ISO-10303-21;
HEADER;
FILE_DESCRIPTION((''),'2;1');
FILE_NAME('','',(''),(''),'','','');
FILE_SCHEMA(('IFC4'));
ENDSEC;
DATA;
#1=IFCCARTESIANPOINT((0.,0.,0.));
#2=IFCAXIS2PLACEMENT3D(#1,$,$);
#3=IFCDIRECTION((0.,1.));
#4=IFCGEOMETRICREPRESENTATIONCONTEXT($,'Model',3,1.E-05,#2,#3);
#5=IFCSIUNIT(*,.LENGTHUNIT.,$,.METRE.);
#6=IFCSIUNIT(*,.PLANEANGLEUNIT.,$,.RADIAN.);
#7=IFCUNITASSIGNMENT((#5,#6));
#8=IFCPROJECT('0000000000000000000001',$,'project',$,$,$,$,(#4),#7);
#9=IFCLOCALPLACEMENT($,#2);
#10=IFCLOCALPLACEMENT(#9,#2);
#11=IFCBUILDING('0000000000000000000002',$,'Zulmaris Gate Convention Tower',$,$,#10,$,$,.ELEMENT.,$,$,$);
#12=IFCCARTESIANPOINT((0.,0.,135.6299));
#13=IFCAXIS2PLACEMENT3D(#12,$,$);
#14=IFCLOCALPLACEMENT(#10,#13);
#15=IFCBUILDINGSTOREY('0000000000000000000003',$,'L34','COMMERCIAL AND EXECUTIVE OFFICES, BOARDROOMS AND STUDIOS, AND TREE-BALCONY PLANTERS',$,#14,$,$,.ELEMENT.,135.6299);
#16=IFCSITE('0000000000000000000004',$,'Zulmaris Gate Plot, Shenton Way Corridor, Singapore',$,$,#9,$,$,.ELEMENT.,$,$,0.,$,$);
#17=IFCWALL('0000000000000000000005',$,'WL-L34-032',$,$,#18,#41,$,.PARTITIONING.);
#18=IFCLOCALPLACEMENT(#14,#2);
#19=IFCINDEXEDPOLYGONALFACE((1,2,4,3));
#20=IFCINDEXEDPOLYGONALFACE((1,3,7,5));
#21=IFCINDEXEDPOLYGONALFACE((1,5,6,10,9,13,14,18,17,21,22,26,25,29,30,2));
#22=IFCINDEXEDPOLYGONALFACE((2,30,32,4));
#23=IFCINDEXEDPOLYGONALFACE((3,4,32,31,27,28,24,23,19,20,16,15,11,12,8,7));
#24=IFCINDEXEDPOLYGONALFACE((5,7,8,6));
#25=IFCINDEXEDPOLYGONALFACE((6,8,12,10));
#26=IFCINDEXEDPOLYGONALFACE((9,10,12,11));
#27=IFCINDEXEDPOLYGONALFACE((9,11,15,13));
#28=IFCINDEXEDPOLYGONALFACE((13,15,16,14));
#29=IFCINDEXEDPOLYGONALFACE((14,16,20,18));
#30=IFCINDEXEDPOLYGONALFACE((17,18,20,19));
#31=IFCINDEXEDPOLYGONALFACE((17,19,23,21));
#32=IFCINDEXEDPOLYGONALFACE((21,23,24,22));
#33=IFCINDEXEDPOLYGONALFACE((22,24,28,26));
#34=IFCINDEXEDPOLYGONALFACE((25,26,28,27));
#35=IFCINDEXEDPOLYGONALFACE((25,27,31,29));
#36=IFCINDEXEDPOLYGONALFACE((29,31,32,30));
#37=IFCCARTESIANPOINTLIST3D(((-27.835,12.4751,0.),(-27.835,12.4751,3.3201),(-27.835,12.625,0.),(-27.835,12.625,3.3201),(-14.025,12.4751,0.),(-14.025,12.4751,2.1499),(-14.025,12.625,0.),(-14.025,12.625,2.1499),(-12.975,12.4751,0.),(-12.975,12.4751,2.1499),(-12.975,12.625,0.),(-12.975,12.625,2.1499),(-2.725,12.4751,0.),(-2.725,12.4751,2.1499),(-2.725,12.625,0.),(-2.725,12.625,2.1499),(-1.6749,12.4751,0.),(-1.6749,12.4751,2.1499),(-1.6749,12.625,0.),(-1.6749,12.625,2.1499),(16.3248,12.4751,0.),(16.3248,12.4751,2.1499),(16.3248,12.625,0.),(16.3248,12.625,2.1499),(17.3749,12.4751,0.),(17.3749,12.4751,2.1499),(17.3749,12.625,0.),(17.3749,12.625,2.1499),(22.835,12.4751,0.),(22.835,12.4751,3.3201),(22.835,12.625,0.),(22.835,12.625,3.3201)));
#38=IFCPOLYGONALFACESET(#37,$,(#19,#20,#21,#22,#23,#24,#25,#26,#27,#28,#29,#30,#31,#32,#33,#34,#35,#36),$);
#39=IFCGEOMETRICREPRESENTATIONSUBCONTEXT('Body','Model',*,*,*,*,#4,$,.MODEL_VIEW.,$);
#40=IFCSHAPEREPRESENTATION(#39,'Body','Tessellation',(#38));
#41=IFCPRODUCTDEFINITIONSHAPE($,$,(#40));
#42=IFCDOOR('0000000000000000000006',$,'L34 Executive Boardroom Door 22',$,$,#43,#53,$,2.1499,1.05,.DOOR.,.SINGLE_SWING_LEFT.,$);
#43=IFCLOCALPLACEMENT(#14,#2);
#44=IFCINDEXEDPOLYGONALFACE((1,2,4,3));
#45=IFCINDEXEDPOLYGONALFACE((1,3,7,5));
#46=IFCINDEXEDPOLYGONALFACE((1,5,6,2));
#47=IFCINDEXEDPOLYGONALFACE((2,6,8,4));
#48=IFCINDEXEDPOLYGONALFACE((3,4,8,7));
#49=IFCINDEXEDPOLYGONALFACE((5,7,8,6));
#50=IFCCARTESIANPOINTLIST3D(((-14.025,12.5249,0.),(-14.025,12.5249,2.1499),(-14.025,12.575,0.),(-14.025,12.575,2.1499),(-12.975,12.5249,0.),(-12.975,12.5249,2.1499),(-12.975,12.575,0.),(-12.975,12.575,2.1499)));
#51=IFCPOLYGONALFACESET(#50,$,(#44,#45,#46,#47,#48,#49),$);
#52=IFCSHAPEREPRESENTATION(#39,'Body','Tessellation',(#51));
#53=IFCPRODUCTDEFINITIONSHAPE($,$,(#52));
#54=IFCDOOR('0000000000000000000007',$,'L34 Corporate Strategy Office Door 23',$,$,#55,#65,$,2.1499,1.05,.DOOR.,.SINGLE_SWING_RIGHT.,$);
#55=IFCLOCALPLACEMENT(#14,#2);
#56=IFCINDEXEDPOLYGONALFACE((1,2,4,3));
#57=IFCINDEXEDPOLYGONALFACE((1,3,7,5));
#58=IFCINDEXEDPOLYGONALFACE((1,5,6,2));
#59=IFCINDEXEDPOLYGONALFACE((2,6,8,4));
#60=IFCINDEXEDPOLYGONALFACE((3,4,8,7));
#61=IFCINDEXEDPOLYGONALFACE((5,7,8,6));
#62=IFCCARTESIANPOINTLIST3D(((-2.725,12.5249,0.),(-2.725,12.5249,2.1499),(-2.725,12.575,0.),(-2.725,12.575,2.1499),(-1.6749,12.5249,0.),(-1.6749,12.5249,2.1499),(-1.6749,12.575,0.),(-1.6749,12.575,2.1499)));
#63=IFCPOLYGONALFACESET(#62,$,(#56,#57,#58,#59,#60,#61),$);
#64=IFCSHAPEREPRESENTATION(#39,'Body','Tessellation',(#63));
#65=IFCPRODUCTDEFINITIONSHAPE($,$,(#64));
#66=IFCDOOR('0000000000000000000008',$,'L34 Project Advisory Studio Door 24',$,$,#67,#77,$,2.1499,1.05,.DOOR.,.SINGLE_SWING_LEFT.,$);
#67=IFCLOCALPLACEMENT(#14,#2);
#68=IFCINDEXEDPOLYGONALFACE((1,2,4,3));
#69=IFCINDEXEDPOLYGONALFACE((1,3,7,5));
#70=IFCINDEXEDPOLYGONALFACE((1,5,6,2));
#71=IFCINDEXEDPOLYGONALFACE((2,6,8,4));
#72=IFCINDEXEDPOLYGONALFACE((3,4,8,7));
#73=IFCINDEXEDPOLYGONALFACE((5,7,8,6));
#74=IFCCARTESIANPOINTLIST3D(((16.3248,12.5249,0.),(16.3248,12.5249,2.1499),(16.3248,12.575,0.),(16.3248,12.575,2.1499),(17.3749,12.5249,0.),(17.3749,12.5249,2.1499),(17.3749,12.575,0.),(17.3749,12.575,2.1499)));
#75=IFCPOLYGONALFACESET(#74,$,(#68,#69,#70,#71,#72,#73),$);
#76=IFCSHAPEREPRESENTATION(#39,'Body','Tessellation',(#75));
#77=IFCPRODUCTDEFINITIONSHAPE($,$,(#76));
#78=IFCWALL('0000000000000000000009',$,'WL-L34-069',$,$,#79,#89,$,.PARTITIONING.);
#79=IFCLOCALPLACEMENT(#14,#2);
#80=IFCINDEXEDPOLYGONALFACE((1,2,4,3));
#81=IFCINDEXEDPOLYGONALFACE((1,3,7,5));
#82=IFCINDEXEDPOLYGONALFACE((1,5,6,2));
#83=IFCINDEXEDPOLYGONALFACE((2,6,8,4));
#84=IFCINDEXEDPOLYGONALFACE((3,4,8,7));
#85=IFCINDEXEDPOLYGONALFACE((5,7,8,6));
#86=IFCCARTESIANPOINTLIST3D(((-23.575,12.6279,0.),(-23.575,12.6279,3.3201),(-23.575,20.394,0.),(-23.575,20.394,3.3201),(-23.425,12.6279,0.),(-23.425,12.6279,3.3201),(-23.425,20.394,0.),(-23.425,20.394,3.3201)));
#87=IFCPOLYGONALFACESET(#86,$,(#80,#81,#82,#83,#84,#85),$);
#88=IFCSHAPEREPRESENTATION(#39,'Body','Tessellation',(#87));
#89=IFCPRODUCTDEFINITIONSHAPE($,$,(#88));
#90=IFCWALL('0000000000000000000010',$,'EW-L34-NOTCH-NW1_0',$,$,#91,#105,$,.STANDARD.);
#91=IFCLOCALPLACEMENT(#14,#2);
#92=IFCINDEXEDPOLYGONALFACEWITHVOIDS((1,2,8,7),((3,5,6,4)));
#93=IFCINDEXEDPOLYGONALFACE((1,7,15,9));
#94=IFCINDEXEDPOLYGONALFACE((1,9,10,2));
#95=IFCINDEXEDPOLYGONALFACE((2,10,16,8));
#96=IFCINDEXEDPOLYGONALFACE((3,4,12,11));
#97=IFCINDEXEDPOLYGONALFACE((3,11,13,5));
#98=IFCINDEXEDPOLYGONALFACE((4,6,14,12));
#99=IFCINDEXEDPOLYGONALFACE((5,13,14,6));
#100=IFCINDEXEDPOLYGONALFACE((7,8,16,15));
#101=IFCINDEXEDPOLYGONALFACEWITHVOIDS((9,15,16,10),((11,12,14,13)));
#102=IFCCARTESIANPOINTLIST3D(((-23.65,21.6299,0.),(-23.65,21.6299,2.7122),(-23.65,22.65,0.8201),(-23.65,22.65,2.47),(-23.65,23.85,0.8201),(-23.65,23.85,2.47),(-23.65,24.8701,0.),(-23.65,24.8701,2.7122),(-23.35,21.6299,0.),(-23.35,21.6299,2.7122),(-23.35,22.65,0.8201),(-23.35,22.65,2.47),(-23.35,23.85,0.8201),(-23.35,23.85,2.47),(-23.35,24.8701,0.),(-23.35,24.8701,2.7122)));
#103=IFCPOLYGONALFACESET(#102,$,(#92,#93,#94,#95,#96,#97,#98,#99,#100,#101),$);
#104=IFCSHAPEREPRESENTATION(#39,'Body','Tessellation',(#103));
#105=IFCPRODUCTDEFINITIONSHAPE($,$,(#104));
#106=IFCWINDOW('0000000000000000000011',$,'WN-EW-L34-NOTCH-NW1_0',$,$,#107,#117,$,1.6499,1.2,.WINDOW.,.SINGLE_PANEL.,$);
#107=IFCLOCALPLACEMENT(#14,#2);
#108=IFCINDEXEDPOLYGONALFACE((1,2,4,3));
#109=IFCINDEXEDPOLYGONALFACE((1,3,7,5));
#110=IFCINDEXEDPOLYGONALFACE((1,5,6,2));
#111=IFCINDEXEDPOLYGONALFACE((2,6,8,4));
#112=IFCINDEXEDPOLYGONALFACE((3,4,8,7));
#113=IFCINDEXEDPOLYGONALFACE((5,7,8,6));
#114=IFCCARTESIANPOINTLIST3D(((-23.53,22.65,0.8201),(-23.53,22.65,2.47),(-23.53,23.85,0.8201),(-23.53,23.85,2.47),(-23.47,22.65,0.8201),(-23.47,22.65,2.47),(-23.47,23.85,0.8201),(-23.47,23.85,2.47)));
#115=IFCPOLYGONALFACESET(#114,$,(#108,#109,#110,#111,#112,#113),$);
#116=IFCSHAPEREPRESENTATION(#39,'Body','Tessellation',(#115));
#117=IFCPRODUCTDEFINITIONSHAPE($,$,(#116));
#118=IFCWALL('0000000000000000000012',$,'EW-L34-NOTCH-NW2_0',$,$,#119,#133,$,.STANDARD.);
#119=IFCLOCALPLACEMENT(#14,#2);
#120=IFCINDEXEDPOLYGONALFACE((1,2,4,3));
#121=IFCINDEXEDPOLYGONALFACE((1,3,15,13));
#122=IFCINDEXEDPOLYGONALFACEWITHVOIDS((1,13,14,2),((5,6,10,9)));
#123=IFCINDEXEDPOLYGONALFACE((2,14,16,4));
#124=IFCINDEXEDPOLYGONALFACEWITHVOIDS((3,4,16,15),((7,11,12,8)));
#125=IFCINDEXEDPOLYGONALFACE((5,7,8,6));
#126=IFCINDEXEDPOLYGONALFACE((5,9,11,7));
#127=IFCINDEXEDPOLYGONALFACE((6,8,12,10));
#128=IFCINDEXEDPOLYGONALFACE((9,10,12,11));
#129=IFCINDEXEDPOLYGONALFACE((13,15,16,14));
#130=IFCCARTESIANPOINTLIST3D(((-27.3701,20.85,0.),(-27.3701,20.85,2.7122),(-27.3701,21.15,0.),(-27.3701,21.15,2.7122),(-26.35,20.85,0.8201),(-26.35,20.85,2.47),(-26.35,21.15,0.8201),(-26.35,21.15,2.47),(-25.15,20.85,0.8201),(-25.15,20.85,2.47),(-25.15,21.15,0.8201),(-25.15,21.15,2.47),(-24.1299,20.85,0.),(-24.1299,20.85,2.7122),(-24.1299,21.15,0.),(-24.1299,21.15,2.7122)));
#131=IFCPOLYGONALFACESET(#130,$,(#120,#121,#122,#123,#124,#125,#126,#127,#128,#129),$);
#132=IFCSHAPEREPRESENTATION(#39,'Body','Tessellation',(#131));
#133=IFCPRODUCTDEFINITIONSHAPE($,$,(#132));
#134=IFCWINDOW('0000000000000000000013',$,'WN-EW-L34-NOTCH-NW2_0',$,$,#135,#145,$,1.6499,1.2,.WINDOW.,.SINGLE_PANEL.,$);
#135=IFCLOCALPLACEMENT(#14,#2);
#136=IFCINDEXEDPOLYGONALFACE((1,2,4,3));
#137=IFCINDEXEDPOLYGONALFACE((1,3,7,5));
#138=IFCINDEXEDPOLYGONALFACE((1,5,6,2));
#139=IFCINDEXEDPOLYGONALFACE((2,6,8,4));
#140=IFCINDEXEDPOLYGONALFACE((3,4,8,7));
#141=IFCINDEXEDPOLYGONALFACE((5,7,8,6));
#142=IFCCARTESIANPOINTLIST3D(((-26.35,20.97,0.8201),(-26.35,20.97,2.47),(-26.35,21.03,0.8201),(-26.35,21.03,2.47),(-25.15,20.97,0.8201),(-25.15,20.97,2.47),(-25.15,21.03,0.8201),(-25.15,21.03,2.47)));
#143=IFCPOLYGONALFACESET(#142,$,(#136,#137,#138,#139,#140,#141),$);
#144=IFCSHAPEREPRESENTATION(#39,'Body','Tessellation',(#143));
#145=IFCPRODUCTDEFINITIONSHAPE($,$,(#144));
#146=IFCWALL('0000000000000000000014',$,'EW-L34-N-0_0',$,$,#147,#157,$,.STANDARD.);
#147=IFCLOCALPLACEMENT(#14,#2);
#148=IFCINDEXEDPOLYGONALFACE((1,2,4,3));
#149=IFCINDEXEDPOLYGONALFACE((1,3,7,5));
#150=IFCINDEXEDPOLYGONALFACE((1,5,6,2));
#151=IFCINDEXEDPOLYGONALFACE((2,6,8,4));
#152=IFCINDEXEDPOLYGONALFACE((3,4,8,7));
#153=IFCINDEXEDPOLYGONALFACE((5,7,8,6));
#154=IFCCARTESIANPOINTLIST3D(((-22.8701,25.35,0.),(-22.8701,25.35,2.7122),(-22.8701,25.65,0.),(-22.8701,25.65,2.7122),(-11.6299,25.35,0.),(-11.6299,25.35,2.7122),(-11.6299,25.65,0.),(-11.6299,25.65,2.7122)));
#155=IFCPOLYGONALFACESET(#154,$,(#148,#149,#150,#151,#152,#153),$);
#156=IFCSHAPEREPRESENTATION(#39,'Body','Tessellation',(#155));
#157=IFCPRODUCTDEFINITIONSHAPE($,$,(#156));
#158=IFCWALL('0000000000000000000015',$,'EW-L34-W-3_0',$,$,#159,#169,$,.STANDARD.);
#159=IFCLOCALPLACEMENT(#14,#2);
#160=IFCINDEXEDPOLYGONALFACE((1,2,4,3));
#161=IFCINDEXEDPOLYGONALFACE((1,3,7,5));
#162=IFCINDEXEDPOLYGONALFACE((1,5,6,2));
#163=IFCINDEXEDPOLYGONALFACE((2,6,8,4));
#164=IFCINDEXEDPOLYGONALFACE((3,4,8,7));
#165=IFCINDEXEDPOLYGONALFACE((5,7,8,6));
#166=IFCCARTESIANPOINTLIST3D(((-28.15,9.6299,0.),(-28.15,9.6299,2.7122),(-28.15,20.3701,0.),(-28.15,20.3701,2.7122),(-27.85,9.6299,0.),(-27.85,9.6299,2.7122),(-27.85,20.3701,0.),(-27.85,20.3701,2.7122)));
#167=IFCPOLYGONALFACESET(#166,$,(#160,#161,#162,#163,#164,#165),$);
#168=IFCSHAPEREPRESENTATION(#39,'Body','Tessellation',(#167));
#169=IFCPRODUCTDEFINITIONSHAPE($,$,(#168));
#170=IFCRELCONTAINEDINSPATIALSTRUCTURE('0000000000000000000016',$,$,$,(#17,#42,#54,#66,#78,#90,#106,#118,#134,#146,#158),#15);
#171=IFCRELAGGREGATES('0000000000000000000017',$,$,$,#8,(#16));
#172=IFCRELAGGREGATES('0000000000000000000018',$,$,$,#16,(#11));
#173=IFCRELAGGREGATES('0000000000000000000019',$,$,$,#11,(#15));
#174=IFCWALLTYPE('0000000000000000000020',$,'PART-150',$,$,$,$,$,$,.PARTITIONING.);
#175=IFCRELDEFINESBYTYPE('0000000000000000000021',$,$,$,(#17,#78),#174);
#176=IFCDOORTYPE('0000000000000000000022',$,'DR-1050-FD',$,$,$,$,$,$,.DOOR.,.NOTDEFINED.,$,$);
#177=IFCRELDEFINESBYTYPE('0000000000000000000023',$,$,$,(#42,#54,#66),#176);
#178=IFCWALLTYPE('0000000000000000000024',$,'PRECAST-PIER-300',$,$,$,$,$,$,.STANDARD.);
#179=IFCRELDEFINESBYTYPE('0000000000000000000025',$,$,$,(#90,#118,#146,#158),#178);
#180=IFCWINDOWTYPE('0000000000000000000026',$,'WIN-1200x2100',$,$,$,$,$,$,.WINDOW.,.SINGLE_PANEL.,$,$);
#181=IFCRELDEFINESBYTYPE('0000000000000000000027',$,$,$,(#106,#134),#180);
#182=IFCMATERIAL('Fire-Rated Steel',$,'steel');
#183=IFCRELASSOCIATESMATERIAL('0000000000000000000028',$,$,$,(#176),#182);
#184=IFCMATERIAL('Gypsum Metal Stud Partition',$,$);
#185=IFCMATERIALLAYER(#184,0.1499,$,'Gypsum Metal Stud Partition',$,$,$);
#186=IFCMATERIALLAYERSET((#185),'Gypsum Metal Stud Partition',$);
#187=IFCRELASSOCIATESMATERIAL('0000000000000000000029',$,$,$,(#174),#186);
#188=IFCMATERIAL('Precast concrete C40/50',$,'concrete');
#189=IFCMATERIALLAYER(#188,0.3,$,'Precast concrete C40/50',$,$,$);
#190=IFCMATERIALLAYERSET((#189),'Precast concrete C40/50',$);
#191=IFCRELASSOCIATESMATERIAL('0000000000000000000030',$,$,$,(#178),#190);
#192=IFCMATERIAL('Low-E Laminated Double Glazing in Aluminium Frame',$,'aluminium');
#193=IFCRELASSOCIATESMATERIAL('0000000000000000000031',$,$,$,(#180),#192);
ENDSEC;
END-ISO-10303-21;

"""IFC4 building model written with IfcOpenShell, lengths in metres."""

from ifc_helpers import new_model, si_unit, direction, frame, frame_2d, origin, place, context, subcontext, project, spatial, rectangle, extrude, material, layer, layer_set, type_object, element, fill, save


model = new_model("IFC4")

# Units and contexts
model_context = context("Model", 3, precision=1e-05, world=origin(), true_north=direction((0.0, 1.0)))
body_context = subcontext(model_context, "Body", "Model", "MODEL_VIEW")
ifc_project = project(units=[si_unit("LENGTHUNIT", "METRE"), si_unit("PLANEANGLEUNIT", "RADIAN")], contexts=[model_context])

# Site, building, storey
site_placement = place(None, origin())
site = spatial("IfcSite", under=ifc_project, at=site_placement, Name="Zulmaris Gate Plot, Shenton Way Corridor, Singapore", CompositionType="ELEMENT", RefElevation=0.0)
building_placement = place(site_placement, origin())
building = spatial("IfcBuilding", under=site, at=building_placement, Name="Zulmaris Gate Convention Tower", CompositionType="ELEMENT")
storey_placement = place(building_placement, frame((0.0, 0.0, 135.6299)))
storey = spatial("IfcBuildingStorey", under=building, at=storey_placement, Name="L34", Description="COMMERCIAL AND EXECUTIVE OFFICES, BOARDROOMS AND STUDIOS, AND TREE-BALCONY PLANTERS", CompositionType="ELEMENT", Elevation=135.6299)

# Shared definitions
ifc_material_1 = material(Name="Fire-Rated Steel", Category="steel")
door_type_1 = type_object("IfcDoorType", Name="DR-1050-FD", OperationType="NOTDEFINED", PredefinedType="DOOR", material=ifc_material_1)

# Wall, openings, doors
ifc_material_2 = material(Name="Gypsum Metal Stud Partition")
ifc_layer_1 = layer(ifc_material_2, 0.1499, Name="Gypsum Metal Stud Partition")
ifc_layer_set_1 = layer_set([ifc_layer_1], Name="Gypsum Metal Stud Partition")
wall_type_1 = type_object("IfcWallType", Name="PART-150", PredefinedType="PARTITIONING", material=ifc_layer_set_1)
wall_1_placement = place(storey_placement, frame((-27.835, 12.55, 0.0), z_axis=(0.0, 0.0, 1.0), x_axis=(1.0, 0.0, 0.0)))
wall_1 = element("IfcWall", 1, at=wall_1_placement, inside=storey, type_object=wall_type_1, Name="WL-L34-032", PredefinedType="PARTITIONING", context=body_context, shape_type="SweptSolid", body=[
    extrude(rectangle(XDim=50.6699, YDim=0.1499, at=frame_2d((25.335, 0.0))), origin(), (0.0, 0.0, 1.0), 3.3201),
])
opening_1_placement = place(wall_1_placement, frame((13.8101, 0.0, 0.0)))
opening_1 = element("IfcOpeningElement", 2, at=opening_1_placement, cuts=wall_1, PredefinedType="OPENING", context=body_context, shape_type="SweptSolid", body=[
    extrude(rectangle(XDim=1.05, YDim=2.1499, at=frame_2d((0.5249, 1.075))), frame((0.0, 0.085, 0.0), z_axis=(0.0, -1.0, 0.0), x_axis=(1.0, 0.0, 0.0)), (0.0, 0.0, 1.0), 0.1699),
])
opening_2_placement = place(wall_1_placement, frame((25.1101, 0.0, 0.0)))
opening_2 = element("IfcOpeningElement", 3, at=opening_2_placement, cuts=wall_1, PredefinedType="OPENING", context=body_context, shape_type="SweptSolid", body=[
    extrude(rectangle(XDim=1.05, YDim=2.1499, at=frame_2d((0.5249, 1.075))), frame((0.0, 0.085, 0.0), z_axis=(0.0, -1.0, 0.0), x_axis=(1.0, 0.0, 0.0)), (0.0, 0.0, 1.0), 0.1699),
])
opening_3_placement = place(wall_1_placement, frame((44.1599, 0.0, 0.0)))
opening_3 = element("IfcOpeningElement", 4, at=opening_3_placement, cuts=wall_1, PredefinedType="OPENING", context=body_context, shape_type="SweptSolid", body=[
    extrude(rectangle(XDim=1.05, YDim=2.1499, at=frame_2d((0.5249, 1.075))), frame((0.0, 0.085, 0.0), z_axis=(0.0, -1.0, 0.0), x_axis=(1.0, 0.0, 0.0)), (0.0, 0.0, 1.0), 0.1699),
])
door_1_placement = place(opening_1_placement, origin())
door_1 = element("IfcDoor", 5, at=door_1_placement, inside=storey, type_object=door_type_1, Name="L34 Executive Boardroom Door 22", OperationType="SINGLE_SWING_LEFT", OverallHeight=2.1499, OverallWidth=1.05, PredefinedType="DOOR", context=body_context, shape_type="SweptSolid", body=[
    extrude(rectangle(XDim=1.05, YDim=2.1499, at=frame_2d((0.5249, 1.075))), frame((0.0, 0.0249, 0.0), z_axis=(0.0, -1.0, 0.0), x_axis=(1.0, 0.0, 0.0)), (0.0, 0.0, 1.0), 0.05),
])
fill(opening_1, door_1)
door_2_placement = place(opening_2_placement, origin())
door_2 = element("IfcDoor", 6, at=door_2_placement, inside=storey, type_object=door_type_1, Name="L34 Corporate Strategy Office Door 23", OperationType="SINGLE_SWING_RIGHT", OverallHeight=2.1499, OverallWidth=1.05, PredefinedType="DOOR", context=body_context, shape_type="SweptSolid", body=[
    extrude(rectangle(XDim=1.05, YDim=2.1499, at=frame_2d((0.5249, 1.075))), frame((0.0, 0.0249, 0.0), z_axis=(0.0, -1.0, 0.0), x_axis=(1.0, 0.0, 0.0)), (0.0, 0.0, 1.0), 0.05),
])
fill(opening_2, door_2)
door_3_placement = place(opening_3_placement, origin())
door_3 = element("IfcDoor", 7, at=door_3_placement, inside=storey, type_object=door_type_1, Name="L34 Project Advisory Studio Door 24", OperationType="SINGLE_SWING_LEFT", OverallHeight=2.1499, OverallWidth=1.05, PredefinedType="DOOR", context=body_context, shape_type="SweptSolid", body=[
    extrude(rectangle(XDim=1.05, YDim=2.1499, at=frame_2d((0.5249, 1.075))), frame((0.0, 0.0249, 0.0), z_axis=(0.0, -1.0, 0.0), x_axis=(1.0, 0.0, 0.0)), (0.0, 0.0, 1.0), 0.05),
])
fill(opening_3, door_3)

# Wall
wall_2_placement = place(storey_placement, frame((-23.5, 12.6279, 0.0), z_axis=(0.0, 0.0, 1.0), x_axis=(0.0, 1.0, 0.0)))
element("IfcWall", 8, at=wall_2_placement, inside=storey, type_object=wall_type_1, Name="WL-L34-069", PredefinedType="PARTITIONING", context=body_context, shape_type="SweptSolid", body=[
    extrude(rectangle(XDim=7.7661, YDim=0.1499, at=frame_2d((3.8831, 0.0))), origin(), (0.0, 0.0, 1.0), 3.3201),
])

# Walls, openings, windows
ifc_material_3 = material(Name="Precast concrete C40/50", Category="concrete")
ifc_layer_2 = layer(ifc_material_3, 0.3, Name="Precast concrete C40/50")
ifc_layer_set_2 = layer_set([ifc_layer_2], Name="Precast concrete C40/50")
wall_type_2 = type_object("IfcWallType", Name="PRECAST-PIER-300", PredefinedType="STANDARD", material=ifc_layer_set_2)
wall_3_placement = place(storey_placement, frame((-23.5, 24.8701, 0.0), z_axis=(0.0, 0.0, 1.0), x_axis=(0.0, -1.0, 0.0)))
wall_3 = element("IfcWall", 9, at=wall_3_placement, inside=storey, type_object=wall_type_2, Name="EW-L34-NOTCH-NW1_0", PredefinedType="STANDARD", context=body_context, shape_type="SweptSolid", body=[
    extrude(rectangle(XDim=3.2402, YDim=0.3, at=frame_2d((1.6201, 0.0))), origin(), (0.0, 0.0, 1.0), 2.7122),
])
opening_4_placement = place(wall_3_placement, frame((1.02, 0.0, 0.8201)))
opening_4 = element("IfcOpeningElement", 10, at=opening_4_placement, cuts=wall_3, PredefinedType="OPENING", context=body_context, shape_type="SweptSolid", body=[
    extrude(rectangle(XDim=1.2, YDim=1.6499, at=frame_2d((0.6001, 0.825))), frame((0.0, 0.1602, 0.0), z_axis=(0.0, -1.0, 0.0), x_axis=(1.0, 0.0, 0.0)), (0.0, 0.0, 1.0), 0.3201),
])
ifc_material_4 = material(Name="Low-E Laminated Double Glazing in Aluminium Frame", Category="aluminium")
window_type = type_object("IfcWindowType", Name="WIN-1200x2100", PartitioningType="SINGLE_PANEL", PredefinedType="WINDOW", material=ifc_material_4)
window_1_placement = place(opening_4_placement, origin())
window_1 = element("IfcWindow", 11, at=window_1_placement, inside=storey, type_object=window_type, Name="WN-EW-L34-NOTCH-NW1_0", OverallHeight=1.6499, OverallWidth=1.2, PartitioningType="SINGLE_PANEL", PredefinedType="WINDOW", context=body_context, shape_type="SweptSolid", body=[
    extrude(rectangle(XDim=1.2, YDim=1.6499, at=frame_2d((0.6001, 0.825))), frame((0.0, 0.03, 0.0), z_axis=(0.0, -1.0, 0.0), x_axis=(1.0, 0.0, 0.0)), (0.0, 0.0, 1.0), 0.0601),
])
fill(opening_4, window_1)
wall_4_placement = place(storey_placement, frame((-24.1299, 21.0, 0.0), z_axis=(0.0, 0.0, 1.0), x_axis=(-1.0, 0.0, 0.0)))
wall_4 = element("IfcWall", 12, at=wall_4_placement, inside=storey, type_object=wall_type_2, Name="EW-L34-NOTCH-NW2_0", PredefinedType="STANDARD", context=body_context, shape_type="SweptSolid", body=[
    extrude(rectangle(XDim=3.2402, YDim=0.3, at=frame_2d((1.6201, 0.0))), origin(), (0.0, 0.0, 1.0), 2.7122),
])
opening_5_placement = place(wall_4_placement, frame((1.02, 0.0, 0.8201)))
opening_5 = element("IfcOpeningElement", 13, at=opening_5_placement, cuts=wall_4, PredefinedType="OPENING", context=body_context, shape_type="SweptSolid", body=[
    extrude(rectangle(XDim=1.2, YDim=1.6499, at=frame_2d((0.6001, 0.825))), frame((0.0, 0.1602, 0.0), z_axis=(0.0, -1.0, 0.0), x_axis=(1.0, 0.0, 0.0)), (0.0, 0.0, 1.0), 0.3201),
])
window_2_placement = place(opening_5_placement, origin())
window_2 = element("IfcWindow", 14, at=window_2_placement, inside=storey, type_object=window_type, Name="WN-EW-L34-NOTCH-NW2_0", OverallHeight=1.6499, OverallWidth=1.2, PartitioningType="SINGLE_PANEL", PredefinedType="WINDOW", context=body_context, shape_type="SweptSolid", body=[
    extrude(rectangle(XDim=1.2, YDim=1.6499, at=frame_2d((0.6001, 0.825))), frame((0.0, 0.03, 0.0), z_axis=(0.0, -1.0, 0.0), x_axis=(1.0, 0.0, 0.0)), (0.0, 0.0, 1.0), 0.0601),
])
fill(opening_5, window_2)

# Walls
wall_5_placement = place(storey_placement, frame((-11.6299, 25.5, 0.0), z_axis=(0.0, 0.0, 1.0), x_axis=(-1.0, 0.0, 0.0)))
element("IfcWall", 15, at=wall_5_placement, inside=storey, type_object=wall_type_2, Name="EW-L34-N-0_0", PredefinedType="STANDARD", context=body_context, shape_type="SweptSolid", body=[
    extrude(rectangle(XDim=11.2402, YDim=0.3, at=frame_2d((5.6201, 0.0))), origin(), (0.0, 0.0, 1.0), 2.7122),
])
wall_6_placement = place(storey_placement, frame((-28.0, 20.3701, 0.0), z_axis=(0.0, 0.0, 1.0), x_axis=(0.0, -1.0, 0.0)))
element("IfcWall", 16, at=wall_6_placement, inside=storey, type_object=wall_type_2, Name="EW-L34-W-3_0", PredefinedType="STANDARD", context=body_context, shape_type="SweptSolid", body=[
    extrude(rectangle(XDim=10.7402, YDim=0.3, at=frame_2d((5.3701, 0.0))), origin(), (0.0, 0.0, 1.0), 2.7122),
])

save(model, "model.ifc")
